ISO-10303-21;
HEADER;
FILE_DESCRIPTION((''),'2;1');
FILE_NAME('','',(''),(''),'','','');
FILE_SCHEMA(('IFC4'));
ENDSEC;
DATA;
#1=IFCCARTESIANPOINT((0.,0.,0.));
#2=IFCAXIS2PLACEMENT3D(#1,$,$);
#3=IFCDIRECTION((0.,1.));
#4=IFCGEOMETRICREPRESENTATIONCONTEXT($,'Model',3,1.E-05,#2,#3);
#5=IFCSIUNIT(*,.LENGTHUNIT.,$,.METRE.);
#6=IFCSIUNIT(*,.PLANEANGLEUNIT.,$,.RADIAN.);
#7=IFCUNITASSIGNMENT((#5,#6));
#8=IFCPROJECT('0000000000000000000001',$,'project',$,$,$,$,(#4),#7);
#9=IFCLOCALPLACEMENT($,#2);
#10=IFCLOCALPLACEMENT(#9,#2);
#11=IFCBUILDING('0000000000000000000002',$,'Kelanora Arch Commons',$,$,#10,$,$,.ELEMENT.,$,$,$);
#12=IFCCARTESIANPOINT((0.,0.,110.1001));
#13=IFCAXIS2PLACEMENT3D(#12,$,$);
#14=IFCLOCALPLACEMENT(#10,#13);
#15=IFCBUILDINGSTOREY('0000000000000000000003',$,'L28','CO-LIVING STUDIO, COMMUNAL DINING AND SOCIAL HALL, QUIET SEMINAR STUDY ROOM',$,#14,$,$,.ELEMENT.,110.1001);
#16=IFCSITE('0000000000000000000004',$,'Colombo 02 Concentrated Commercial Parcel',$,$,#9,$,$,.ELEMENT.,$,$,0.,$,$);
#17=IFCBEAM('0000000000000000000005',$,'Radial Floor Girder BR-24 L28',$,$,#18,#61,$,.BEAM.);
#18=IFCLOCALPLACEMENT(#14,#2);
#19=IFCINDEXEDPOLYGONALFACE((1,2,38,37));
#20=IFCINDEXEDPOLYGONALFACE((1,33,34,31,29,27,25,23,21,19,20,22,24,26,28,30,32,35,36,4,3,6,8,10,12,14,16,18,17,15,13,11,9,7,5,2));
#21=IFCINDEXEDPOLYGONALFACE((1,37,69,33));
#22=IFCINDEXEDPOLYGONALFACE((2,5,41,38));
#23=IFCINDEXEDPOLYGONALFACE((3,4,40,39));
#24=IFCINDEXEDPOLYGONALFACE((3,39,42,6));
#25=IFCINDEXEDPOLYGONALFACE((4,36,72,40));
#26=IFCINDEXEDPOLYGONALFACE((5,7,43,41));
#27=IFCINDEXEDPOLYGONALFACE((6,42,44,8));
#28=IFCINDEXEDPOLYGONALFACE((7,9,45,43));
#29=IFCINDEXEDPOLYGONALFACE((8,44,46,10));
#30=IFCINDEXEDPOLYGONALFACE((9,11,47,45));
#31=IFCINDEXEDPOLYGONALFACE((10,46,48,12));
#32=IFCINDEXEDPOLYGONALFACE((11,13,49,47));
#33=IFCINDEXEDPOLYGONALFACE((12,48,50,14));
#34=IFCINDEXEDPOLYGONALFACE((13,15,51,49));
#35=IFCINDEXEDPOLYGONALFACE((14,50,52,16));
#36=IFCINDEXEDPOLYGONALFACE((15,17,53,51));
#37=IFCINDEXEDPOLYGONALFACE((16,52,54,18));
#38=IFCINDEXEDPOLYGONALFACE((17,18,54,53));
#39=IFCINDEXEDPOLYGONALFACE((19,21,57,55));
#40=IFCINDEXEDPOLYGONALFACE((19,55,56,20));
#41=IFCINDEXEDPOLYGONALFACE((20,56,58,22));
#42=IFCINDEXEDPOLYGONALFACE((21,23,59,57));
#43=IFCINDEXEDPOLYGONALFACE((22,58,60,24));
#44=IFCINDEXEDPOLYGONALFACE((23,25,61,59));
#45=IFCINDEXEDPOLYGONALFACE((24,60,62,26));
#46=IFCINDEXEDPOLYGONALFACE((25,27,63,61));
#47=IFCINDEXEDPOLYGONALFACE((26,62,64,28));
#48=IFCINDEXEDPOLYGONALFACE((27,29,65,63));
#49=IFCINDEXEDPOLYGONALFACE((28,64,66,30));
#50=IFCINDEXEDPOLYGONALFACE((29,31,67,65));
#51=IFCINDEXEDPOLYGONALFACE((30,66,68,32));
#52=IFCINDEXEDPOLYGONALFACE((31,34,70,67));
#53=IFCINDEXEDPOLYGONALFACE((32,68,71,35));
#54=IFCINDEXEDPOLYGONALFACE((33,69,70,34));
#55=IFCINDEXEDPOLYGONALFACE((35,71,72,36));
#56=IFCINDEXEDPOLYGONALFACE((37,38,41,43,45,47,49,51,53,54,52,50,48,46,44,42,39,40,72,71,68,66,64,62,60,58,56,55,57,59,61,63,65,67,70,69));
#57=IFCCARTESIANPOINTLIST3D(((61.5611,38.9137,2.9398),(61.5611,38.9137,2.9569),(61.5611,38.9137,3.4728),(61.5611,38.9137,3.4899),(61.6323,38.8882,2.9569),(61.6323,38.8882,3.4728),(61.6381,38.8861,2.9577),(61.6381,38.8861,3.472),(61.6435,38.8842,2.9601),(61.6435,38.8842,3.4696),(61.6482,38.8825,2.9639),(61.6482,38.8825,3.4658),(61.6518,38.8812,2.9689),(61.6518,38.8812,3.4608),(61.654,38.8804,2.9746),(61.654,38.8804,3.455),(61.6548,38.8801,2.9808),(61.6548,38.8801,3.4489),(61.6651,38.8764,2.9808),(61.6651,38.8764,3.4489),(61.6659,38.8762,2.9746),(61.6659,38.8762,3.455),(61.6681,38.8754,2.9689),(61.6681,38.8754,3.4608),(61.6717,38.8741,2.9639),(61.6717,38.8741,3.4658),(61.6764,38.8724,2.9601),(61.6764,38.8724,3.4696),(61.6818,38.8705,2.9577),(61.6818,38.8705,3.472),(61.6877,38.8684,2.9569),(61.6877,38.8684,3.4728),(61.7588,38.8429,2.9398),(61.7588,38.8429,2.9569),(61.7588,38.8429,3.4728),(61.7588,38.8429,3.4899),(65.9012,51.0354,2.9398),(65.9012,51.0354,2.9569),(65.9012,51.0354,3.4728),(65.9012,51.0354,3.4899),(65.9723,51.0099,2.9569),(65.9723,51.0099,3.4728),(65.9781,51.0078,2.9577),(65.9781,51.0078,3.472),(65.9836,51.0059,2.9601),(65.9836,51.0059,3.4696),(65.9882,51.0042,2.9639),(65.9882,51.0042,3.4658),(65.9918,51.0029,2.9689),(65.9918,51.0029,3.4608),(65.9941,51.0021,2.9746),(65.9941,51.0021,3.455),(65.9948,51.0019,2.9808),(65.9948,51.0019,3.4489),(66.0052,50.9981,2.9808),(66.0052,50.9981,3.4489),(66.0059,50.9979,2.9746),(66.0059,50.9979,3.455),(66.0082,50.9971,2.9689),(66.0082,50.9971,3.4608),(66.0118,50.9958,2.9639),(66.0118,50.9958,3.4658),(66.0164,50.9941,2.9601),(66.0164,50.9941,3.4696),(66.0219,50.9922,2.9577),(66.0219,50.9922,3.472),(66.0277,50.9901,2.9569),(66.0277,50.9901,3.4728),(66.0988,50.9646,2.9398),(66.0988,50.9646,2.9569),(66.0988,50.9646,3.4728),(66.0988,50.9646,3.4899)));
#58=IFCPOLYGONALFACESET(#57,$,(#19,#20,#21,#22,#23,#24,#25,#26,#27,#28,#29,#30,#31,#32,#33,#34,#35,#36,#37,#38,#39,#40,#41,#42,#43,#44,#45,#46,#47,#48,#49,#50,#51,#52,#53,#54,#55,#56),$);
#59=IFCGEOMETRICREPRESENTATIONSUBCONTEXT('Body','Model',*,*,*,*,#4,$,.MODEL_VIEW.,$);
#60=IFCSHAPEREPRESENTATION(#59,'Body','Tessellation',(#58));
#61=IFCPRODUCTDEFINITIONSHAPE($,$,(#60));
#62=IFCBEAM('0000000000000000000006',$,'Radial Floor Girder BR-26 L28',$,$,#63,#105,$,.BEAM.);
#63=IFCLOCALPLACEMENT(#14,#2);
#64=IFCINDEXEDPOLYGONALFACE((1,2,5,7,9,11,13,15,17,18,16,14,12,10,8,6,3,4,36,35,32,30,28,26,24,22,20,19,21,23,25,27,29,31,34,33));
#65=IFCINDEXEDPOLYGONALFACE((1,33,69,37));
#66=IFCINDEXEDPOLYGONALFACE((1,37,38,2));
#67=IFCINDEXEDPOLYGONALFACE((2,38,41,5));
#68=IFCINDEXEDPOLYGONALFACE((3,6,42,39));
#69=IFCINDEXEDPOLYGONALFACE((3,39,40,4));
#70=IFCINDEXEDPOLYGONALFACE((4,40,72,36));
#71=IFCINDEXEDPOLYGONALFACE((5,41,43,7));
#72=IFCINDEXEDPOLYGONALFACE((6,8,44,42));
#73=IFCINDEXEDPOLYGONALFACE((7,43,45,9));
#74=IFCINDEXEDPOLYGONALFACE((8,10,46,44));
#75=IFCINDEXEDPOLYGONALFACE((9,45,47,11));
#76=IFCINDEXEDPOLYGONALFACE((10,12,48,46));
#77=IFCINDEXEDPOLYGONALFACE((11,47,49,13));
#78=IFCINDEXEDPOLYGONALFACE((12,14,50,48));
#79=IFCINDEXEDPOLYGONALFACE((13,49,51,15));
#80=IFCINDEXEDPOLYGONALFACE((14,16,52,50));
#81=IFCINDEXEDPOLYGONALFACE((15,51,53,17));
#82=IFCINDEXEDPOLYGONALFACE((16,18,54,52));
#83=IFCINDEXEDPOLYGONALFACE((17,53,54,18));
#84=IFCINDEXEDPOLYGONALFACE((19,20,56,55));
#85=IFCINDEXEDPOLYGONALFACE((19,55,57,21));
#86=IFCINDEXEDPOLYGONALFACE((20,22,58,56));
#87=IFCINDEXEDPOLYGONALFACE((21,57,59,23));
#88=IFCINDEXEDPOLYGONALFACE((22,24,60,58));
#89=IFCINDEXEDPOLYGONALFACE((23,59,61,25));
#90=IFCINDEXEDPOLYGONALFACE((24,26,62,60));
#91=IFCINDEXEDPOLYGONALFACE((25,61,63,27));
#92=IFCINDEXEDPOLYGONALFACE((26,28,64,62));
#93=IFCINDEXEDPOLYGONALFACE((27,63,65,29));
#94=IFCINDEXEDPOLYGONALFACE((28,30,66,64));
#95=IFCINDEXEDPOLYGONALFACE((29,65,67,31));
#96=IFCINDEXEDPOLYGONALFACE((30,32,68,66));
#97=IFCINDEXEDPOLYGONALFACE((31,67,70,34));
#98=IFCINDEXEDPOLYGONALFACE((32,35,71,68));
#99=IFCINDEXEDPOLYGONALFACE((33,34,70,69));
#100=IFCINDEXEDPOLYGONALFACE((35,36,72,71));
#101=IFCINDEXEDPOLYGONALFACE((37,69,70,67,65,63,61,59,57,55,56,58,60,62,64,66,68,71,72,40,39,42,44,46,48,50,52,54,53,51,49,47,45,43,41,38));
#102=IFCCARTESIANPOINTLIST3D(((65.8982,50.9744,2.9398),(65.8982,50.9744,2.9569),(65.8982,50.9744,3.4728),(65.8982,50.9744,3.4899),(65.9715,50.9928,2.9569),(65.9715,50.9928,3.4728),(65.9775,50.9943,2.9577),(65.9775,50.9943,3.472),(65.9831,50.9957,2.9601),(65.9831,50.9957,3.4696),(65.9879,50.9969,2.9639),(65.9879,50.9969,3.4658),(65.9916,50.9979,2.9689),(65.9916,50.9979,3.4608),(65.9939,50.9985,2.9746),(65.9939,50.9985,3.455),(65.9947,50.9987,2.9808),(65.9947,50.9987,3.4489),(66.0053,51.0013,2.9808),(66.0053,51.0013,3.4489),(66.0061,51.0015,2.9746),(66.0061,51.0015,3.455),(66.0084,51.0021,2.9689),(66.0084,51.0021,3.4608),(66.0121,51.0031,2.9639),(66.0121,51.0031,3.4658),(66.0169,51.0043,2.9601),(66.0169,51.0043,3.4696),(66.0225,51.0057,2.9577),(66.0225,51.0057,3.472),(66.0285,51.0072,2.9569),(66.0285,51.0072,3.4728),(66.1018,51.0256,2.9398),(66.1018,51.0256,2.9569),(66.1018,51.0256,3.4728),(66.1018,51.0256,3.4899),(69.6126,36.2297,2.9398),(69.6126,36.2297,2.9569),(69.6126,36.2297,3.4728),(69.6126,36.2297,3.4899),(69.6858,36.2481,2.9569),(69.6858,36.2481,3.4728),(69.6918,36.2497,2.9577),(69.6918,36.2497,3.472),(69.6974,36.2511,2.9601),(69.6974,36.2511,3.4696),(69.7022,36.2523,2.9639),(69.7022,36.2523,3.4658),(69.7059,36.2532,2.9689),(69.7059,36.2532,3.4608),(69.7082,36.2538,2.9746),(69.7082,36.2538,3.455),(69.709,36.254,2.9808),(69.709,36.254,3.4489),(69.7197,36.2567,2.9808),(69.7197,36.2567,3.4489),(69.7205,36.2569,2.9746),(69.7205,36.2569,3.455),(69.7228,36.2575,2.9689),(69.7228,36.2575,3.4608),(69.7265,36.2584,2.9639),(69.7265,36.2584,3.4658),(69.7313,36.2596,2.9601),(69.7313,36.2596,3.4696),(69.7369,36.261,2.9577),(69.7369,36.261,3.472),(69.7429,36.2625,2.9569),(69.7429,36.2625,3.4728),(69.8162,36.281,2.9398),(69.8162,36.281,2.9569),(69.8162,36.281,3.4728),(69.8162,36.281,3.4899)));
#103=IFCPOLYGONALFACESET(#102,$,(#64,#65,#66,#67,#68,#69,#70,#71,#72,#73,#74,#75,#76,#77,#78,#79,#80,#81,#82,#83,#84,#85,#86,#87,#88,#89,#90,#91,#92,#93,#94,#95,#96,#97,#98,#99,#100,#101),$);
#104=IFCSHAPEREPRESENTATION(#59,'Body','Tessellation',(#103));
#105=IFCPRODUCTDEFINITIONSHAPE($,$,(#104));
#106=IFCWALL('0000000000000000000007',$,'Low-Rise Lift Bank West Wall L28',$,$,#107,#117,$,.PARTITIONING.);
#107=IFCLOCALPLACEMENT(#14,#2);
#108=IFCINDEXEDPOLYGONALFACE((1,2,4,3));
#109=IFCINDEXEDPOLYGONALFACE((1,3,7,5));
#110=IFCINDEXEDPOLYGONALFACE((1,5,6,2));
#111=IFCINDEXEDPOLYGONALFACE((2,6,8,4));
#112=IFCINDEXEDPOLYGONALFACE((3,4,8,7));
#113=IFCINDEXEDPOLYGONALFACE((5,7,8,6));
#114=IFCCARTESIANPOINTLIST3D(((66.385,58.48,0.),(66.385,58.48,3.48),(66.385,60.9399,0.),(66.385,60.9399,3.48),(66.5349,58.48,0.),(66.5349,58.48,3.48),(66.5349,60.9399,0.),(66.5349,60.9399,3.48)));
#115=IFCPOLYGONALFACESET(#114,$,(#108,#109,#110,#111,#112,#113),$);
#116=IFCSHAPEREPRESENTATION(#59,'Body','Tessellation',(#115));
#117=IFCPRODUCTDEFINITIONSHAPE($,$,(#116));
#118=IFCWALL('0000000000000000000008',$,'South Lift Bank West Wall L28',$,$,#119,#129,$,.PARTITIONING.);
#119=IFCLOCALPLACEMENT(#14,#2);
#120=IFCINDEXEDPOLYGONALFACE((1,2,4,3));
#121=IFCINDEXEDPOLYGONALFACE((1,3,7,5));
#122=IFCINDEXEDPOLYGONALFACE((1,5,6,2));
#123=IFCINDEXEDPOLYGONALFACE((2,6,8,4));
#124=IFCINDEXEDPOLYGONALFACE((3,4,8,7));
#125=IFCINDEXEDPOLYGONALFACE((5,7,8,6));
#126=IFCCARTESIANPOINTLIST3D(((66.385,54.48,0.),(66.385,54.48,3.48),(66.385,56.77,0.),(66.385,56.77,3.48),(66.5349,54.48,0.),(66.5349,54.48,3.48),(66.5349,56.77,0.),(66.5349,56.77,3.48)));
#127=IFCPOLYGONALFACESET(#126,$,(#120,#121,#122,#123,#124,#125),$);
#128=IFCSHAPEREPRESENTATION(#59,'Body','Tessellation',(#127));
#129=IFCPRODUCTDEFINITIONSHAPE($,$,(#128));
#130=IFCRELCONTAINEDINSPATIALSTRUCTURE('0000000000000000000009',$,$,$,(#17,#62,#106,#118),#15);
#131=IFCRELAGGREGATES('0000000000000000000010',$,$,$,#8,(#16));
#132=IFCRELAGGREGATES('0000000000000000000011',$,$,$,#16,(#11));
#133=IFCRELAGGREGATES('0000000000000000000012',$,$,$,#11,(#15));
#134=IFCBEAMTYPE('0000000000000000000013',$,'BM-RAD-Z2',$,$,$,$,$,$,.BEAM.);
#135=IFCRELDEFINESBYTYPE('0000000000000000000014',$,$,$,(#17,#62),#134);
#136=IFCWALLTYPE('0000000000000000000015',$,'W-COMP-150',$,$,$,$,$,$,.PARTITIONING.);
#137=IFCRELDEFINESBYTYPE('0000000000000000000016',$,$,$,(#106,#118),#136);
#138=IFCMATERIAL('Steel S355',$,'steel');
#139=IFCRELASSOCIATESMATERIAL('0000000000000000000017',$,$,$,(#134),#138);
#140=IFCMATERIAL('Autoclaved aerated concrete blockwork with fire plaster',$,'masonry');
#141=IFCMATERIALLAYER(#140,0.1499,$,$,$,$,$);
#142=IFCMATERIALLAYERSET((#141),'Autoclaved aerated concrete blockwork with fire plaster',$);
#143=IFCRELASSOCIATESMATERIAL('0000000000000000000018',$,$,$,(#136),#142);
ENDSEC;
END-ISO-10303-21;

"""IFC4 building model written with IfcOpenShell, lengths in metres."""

from ifc_helpers import new_model, si_unit, direction, frame, frame_2d, origin, origin_2d, place, context, subcontext, project, spatial, rectangle, i_section, extrude, material, layer, layer_set, material_profile, profile_set, type_object, element, save


model = new_model("IFC4")

# Units and contexts
model_context = context("Model", 3, precision=1e-05, world=origin(), true_north=direction((0.0, 1.0)))
body_context = subcontext(model_context, "Body", "Model", "MODEL_VIEW")
ifc_project = project(units=[si_unit("LENGTHUNIT", "METRE"), si_unit("PLANEANGLEUNIT", "RADIAN")], contexts=[model_context])

# Site, building, storey
site_placement = place(None, origin())
site = spatial("IfcSite", under=ifc_project, at=site_placement, Name="Colombo 02 Concentrated Commercial Parcel", CompositionType="ELEMENT", RefElevation=0.0)
building_placement = place(site_placement, origin())
building = spatial("IfcBuilding", under=site, at=building_placement, Name="Kelanora Arch Commons", CompositionType="ELEMENT")
storey_placement = place(building_placement, frame((0.0, 0.0, 110.1001)))
storey = spatial("IfcBuildingStorey", under=building, at=storey_placement, Name="L28", Description="CO-LIVING STUDIO, COMMUNAL DINING AND SOCIAL HALL, QUIET SEMINAR STUDY ROOM", CompositionType="ELEMENT", Elevation=110.1001)

# Beams
ifc_material_1 = material(Name="Steel S355", Category="steel")
ifc_material_profile_1 = material_profile(ifc_material_1, i_section(OverallWidth=0.21, OverallDepth=0.55, WebThickness=0.011, FlangeThickness=0.0171, FilletRadius=0.0239, at=origin_2d()), Name="IPE550")
ifc_profile_set_1 = profile_set([ifc_material_profile_1], Name="Steel S355")
beam_type_1 = type_object("IfcBeamType", Name="BM-RAD-Z2", PredefinedType="BEAM", material=ifc_profile_set_1)
beam_1_placement = place(storey_placement, frame((66.0, 51.0, 3.2148), z_axis=(-0.337085, -0.941474, 0.0), x_axis=(0.941474, -0.337085, 0.0)))
element("IfcBeam", 1, at=beam_1_placement, inside=storey, type_object=beam_type_1, Name="Radial Floor Girder BR-24 L28", PredefinedType="BEAM", context=body_context, shape_type="SweptSolid", body=[
    extrude(i_section(OverallWidth=0.21, OverallDepth=0.55, WebThickness=0.011, FlangeThickness=0.0171, FilletRadius=0.0239, at=origin_2d()), origin(), (0.0, 0.0, 1.0), 12.8752),
])
beam_2_placement = place(storey_placement, frame((66.0, 51.0, 3.2148), z_axis=(0.244281, -0.969705, 0.0), x_axis=(0.969705, 0.244281, 0.0)))
element("IfcBeam", 2, at=beam_2_placement, inside=storey, type_object=beam_type_1, Name="Radial Floor Girder BR-26 L28", PredefinedType="BEAM", context=body_context, shape_type="SweptSolid", body=[
    extrude(i_section(OverallWidth=0.21, OverallDepth=0.55, WebThickness=0.011, FlangeThickness=0.0171, FilletRadius=0.0239, at=origin_2d()), origin(), (0.0, 0.0, 1.0), 15.2053),
])

# Walls
ifc_material_2 = material(Name="Autoclaved aerated concrete blockwork with fire plaster", Category="masonry")
ifc_layer_1 = layer(ifc_material_2, 0.1499)
ifc_layer_set_1 = layer_set([ifc_layer_1], Name="Autoclaved aerated concrete blockwork with fire plaster")
wall_type_1 = type_object("IfcWallType", Name="W-COMP-150", PredefinedType="PARTITIONING", material=ifc_layer_set_1)
wall_1_placement = place(storey_placement, frame((66.46, 58.48, 0.0), z_axis=(0.0, 0.0, 1.0), x_axis=(0.0, 1.0, 0.0)))
element("IfcWall", 3, at=wall_1_placement, inside=storey, type_object=wall_type_1, Name="Low-Rise Lift Bank West Wall L28", PredefinedType="PARTITIONING", context=body_context, shape_type="SweptSolid", body=[
    extrude(rectangle(XDim=2.46, YDim=0.1499, at=frame_2d((1.23, 0.0))), origin(), (0.0, 0.0, 1.0), 3.48),
])
wall_2_placement = place(storey_placement, frame((66.46, 54.48, 0.0), z_axis=(0.0, 0.0, 1.0), x_axis=(0.0, 1.0, 0.0)))
element("IfcWall", 4, at=wall_2_placement, inside=storey, type_object=wall_type_1, Name="South Lift Bank West Wall L28", PredefinedType="PARTITIONING", context=body_context, shape_type="SweptSolid", body=[
    extrude(rectangle(XDim=2.29, YDim=0.1499, at=frame_2d((1.145, 0.0))), origin(), (0.0, 0.0, 1.0), 3.48),
])

save(model, "model.ifc")
